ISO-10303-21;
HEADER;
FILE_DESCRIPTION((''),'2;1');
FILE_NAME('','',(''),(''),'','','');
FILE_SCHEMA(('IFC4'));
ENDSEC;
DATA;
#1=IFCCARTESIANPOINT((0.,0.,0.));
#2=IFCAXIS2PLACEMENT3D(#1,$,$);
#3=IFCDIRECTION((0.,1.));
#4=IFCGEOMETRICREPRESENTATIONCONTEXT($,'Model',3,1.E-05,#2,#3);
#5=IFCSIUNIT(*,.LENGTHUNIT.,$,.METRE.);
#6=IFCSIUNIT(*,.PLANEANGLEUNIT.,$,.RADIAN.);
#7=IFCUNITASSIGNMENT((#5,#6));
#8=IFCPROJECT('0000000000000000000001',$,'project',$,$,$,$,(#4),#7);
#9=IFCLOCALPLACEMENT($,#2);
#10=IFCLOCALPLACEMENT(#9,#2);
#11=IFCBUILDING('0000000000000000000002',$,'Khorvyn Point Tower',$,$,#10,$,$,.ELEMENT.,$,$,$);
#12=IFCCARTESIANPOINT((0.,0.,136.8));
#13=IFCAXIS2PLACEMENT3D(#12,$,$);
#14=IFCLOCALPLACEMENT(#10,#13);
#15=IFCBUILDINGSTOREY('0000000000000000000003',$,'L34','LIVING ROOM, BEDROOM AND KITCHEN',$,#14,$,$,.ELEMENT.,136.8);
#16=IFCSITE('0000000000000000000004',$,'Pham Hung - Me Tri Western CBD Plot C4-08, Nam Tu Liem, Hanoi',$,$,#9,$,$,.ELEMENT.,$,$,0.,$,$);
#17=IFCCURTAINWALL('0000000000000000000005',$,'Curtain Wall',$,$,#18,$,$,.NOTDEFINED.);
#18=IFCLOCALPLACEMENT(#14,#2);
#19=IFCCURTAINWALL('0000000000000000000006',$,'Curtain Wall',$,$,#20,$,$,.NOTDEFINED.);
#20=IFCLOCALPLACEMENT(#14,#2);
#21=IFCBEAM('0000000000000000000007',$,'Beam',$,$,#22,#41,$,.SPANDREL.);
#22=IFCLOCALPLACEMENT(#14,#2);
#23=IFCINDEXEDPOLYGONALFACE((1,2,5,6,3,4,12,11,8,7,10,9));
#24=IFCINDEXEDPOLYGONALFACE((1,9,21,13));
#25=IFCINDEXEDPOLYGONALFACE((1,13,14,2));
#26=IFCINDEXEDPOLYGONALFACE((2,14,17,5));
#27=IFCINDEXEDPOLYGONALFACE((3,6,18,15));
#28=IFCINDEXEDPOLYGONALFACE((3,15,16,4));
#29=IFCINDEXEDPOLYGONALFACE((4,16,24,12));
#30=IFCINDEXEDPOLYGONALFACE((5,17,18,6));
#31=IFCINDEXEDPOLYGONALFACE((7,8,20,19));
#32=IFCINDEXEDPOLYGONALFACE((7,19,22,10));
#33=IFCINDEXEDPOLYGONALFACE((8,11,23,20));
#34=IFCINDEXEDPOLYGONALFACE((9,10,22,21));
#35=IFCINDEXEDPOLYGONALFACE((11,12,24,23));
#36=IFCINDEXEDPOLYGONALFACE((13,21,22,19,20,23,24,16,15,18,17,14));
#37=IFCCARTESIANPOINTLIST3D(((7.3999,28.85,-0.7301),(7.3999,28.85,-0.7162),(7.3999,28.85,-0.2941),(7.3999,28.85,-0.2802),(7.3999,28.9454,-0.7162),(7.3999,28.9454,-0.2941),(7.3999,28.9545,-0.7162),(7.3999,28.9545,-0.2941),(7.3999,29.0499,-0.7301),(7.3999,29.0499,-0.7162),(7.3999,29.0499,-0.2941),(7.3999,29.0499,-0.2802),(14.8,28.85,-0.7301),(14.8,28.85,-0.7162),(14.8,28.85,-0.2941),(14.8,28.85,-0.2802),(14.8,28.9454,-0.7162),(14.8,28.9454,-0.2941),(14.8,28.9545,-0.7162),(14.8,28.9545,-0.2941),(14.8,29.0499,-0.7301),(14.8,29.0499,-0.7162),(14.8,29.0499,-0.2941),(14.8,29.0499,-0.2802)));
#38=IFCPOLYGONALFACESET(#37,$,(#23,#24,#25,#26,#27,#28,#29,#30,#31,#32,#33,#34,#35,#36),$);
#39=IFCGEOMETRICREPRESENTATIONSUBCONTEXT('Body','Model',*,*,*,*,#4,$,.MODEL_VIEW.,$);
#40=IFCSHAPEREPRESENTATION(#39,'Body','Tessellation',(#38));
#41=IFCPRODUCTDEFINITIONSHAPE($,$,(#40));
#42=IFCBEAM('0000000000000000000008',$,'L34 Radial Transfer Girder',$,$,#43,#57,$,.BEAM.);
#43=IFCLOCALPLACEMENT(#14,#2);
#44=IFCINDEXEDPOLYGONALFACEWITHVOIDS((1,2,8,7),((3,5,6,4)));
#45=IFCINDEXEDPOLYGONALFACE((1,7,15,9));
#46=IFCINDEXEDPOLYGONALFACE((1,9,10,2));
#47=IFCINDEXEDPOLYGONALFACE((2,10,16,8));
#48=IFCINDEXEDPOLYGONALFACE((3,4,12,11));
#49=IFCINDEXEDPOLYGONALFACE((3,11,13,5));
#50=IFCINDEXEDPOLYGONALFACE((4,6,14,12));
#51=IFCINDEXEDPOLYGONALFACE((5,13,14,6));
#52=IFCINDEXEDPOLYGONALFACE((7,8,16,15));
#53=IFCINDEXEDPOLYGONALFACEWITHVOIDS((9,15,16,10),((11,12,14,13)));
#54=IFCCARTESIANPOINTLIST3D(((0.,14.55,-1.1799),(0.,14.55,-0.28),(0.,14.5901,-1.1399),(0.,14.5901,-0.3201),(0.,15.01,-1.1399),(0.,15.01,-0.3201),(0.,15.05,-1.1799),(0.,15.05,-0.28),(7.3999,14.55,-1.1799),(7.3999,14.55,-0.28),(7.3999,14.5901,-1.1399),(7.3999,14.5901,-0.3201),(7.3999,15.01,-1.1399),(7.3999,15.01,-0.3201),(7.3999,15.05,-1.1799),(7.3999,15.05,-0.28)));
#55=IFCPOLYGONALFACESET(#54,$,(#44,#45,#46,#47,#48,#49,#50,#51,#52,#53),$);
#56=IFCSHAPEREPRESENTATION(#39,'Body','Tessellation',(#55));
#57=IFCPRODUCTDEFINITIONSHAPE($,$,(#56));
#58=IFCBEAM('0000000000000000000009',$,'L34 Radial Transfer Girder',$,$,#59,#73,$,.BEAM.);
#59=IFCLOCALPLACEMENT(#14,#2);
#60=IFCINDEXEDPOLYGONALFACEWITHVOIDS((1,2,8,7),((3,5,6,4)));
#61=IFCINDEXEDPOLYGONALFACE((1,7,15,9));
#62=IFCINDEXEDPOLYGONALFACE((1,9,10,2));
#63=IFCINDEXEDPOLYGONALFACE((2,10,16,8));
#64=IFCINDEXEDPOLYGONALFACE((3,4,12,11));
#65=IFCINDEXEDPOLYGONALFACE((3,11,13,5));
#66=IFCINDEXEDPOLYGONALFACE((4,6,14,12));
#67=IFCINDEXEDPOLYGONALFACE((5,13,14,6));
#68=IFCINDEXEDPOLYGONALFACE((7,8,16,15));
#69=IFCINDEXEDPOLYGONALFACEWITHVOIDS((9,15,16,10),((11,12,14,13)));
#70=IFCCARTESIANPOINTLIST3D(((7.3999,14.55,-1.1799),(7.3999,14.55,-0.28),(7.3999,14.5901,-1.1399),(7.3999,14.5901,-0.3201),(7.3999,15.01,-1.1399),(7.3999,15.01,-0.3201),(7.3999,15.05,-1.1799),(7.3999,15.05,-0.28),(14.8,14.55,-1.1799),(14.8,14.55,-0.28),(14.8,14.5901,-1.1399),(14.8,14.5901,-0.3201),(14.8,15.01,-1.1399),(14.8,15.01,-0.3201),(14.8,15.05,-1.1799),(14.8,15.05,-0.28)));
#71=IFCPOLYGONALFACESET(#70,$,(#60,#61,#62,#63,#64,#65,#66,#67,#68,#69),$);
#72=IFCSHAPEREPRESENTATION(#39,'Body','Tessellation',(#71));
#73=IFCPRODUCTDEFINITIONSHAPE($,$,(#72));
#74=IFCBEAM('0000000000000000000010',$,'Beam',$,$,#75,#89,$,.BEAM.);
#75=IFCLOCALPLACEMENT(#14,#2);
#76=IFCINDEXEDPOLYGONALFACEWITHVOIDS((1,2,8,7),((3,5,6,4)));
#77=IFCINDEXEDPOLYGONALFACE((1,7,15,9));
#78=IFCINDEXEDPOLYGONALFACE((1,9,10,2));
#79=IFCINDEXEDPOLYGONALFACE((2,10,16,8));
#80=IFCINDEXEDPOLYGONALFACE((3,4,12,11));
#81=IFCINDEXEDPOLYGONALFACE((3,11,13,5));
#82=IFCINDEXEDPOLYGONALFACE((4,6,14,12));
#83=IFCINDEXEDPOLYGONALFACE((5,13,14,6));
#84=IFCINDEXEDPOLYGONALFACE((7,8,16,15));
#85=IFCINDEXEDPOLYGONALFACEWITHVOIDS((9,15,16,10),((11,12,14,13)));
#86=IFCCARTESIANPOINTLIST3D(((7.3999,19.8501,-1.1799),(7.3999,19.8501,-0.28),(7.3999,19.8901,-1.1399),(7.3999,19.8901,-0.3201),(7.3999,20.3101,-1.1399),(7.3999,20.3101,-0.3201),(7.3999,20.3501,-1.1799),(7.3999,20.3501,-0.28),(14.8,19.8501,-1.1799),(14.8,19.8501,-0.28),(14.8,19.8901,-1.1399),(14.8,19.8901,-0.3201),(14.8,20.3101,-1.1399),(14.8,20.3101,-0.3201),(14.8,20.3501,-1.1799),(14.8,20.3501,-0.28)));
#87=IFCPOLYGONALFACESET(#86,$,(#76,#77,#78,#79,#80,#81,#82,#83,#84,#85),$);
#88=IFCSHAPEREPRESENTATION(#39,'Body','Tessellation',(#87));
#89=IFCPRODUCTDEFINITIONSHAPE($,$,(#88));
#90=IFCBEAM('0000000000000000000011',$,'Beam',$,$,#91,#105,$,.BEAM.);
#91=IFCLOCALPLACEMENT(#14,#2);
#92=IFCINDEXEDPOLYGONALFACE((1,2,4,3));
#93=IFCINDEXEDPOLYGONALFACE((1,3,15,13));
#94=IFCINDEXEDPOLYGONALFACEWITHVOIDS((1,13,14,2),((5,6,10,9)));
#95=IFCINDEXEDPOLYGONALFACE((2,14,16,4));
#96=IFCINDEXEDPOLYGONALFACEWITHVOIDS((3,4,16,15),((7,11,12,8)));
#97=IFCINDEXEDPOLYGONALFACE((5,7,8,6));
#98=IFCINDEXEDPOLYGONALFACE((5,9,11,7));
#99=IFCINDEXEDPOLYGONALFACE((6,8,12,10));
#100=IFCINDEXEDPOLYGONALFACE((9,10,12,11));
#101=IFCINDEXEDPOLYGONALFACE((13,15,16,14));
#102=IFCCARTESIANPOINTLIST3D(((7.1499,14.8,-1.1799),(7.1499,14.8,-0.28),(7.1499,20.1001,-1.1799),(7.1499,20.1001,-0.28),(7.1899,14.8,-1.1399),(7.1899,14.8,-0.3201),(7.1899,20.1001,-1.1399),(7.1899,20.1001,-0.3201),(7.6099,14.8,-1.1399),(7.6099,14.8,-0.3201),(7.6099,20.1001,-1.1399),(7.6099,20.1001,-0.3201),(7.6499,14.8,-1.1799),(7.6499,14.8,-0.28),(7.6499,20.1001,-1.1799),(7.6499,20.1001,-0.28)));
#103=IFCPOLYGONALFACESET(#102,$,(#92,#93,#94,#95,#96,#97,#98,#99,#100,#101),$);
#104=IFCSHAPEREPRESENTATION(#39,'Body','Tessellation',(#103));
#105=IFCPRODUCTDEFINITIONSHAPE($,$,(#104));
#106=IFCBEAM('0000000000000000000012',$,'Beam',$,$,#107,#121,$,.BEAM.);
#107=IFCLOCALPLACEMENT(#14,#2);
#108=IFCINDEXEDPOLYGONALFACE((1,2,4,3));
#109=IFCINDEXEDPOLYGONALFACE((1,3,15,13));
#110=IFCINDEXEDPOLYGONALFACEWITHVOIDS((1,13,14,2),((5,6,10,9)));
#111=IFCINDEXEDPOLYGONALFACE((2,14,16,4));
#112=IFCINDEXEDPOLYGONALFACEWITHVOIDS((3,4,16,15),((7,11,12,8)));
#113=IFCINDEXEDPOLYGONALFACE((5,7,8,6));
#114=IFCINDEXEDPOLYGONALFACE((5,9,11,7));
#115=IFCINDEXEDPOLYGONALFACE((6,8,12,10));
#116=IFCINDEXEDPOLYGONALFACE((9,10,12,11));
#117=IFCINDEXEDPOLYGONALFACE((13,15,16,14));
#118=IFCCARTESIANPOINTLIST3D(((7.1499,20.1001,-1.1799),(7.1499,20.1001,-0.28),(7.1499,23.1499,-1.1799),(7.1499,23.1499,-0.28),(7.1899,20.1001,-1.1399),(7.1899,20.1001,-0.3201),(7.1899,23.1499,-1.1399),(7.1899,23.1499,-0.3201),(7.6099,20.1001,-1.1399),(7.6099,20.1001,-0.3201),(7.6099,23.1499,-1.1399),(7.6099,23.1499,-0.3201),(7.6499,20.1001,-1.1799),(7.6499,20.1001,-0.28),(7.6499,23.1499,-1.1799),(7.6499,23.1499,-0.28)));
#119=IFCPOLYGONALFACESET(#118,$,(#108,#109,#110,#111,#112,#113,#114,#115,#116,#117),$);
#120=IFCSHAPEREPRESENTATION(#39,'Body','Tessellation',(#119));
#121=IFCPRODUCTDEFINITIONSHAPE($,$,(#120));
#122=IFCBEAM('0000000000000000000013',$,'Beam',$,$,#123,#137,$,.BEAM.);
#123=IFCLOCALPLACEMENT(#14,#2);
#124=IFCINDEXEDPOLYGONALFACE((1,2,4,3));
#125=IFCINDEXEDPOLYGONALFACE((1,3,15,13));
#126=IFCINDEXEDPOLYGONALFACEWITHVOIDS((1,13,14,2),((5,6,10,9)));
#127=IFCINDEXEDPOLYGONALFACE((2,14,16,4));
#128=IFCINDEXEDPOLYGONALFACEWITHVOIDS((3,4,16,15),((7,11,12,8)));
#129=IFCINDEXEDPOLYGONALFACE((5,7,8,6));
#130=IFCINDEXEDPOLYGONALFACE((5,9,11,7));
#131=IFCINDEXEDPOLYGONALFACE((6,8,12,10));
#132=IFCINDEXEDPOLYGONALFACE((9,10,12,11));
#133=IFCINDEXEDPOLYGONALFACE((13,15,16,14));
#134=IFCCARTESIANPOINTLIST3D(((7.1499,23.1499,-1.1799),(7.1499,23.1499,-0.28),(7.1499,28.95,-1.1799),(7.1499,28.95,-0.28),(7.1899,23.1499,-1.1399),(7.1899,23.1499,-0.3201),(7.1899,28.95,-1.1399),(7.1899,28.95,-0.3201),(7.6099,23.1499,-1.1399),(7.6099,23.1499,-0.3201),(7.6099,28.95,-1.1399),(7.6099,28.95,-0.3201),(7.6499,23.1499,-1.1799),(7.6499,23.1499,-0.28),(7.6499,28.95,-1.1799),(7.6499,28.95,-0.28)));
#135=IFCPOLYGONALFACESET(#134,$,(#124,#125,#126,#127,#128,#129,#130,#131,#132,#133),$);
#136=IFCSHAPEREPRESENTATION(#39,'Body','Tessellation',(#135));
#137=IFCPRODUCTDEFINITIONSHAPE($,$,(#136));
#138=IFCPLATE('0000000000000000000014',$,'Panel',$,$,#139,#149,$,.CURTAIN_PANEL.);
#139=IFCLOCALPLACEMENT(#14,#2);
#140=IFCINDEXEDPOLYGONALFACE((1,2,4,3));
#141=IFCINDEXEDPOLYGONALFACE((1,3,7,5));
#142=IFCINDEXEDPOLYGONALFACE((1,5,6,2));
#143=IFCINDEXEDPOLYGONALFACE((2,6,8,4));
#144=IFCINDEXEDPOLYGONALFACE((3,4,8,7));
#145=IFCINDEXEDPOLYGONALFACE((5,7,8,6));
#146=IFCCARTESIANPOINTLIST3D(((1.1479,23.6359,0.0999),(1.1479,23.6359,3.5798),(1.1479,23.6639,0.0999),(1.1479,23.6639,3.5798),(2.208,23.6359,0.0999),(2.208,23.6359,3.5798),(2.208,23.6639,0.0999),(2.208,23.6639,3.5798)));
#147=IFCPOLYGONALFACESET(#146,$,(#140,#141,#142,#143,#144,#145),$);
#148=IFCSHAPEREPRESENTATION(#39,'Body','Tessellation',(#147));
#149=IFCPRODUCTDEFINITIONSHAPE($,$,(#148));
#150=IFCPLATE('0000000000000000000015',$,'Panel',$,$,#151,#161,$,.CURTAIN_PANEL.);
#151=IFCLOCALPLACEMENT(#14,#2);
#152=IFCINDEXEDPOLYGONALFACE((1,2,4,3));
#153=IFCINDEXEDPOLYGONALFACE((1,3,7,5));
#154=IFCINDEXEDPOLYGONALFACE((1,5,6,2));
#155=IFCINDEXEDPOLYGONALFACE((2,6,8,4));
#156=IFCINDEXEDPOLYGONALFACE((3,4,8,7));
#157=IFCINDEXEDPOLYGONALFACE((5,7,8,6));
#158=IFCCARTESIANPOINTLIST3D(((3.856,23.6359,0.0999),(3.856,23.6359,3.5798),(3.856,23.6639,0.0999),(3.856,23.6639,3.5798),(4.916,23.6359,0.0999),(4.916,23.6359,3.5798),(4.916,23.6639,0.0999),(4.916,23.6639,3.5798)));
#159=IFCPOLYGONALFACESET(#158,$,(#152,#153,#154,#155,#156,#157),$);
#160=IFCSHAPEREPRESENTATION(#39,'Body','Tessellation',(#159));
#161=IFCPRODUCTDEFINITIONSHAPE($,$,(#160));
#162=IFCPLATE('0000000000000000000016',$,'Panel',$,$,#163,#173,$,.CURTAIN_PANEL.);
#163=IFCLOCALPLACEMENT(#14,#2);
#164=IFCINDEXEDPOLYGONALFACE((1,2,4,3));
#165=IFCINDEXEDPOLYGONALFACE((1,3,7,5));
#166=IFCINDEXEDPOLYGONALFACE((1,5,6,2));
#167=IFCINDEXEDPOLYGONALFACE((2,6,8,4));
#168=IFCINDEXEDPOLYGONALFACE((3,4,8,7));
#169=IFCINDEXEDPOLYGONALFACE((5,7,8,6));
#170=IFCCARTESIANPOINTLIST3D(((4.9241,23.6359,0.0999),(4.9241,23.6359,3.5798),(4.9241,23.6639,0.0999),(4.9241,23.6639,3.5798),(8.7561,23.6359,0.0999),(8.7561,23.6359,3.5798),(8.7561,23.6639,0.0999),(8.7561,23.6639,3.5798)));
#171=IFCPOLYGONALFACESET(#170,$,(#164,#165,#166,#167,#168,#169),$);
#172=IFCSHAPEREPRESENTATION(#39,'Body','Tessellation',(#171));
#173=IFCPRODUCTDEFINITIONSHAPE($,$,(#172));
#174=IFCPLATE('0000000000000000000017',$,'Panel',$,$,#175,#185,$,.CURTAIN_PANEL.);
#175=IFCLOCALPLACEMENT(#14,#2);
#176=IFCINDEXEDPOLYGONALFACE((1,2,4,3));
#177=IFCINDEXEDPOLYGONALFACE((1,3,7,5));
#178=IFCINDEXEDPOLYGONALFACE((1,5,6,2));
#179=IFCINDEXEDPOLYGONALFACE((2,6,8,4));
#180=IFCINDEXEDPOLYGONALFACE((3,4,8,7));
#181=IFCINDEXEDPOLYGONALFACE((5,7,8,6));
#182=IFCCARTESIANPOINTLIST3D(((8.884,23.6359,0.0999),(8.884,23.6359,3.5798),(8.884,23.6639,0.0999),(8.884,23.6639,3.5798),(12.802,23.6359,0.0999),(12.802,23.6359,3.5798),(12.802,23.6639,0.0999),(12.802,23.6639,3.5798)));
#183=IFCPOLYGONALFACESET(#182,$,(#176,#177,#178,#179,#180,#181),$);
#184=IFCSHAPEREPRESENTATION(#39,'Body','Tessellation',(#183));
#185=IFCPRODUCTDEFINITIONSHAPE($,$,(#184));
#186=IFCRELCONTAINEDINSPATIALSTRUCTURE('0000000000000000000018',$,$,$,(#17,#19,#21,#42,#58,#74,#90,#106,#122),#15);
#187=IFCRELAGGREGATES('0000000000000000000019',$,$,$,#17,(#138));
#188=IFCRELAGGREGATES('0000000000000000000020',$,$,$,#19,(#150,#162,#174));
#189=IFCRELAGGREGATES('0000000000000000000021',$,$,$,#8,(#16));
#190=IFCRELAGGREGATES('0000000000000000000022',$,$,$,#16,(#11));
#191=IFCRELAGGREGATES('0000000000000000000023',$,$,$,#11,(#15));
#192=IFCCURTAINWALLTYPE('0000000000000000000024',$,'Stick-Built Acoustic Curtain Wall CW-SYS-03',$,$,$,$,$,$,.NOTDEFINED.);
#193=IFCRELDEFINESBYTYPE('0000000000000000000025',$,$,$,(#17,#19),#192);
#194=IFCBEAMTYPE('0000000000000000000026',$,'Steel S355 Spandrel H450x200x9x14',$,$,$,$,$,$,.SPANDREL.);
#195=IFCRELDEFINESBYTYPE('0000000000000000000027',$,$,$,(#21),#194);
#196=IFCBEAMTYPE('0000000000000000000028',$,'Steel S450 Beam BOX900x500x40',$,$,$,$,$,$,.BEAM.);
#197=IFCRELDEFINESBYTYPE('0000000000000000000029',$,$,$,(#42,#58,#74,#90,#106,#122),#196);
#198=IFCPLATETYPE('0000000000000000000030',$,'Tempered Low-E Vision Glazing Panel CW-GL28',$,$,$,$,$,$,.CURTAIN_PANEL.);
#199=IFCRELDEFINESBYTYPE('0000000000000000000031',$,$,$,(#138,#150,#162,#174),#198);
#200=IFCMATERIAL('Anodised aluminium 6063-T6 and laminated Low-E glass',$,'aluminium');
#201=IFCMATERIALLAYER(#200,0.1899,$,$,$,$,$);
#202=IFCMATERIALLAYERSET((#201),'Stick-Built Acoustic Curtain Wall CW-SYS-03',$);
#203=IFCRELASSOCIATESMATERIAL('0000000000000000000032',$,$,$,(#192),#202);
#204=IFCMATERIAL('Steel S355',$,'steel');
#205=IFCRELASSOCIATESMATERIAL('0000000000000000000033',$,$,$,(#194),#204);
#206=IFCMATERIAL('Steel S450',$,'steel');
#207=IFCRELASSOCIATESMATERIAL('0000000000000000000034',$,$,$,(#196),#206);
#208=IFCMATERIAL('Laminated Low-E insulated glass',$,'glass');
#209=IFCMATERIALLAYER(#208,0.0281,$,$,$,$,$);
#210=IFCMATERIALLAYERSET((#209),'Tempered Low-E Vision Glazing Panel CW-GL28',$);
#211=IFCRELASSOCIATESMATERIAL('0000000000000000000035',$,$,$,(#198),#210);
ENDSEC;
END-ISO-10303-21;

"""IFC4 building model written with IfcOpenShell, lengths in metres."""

from ifc_helpers import new_model, si_unit, direction, frame, origin, origin_2d, place, context, subcontext, project, spatial, rectangle, hollow_rectangle, i_section, extrude, material, layer, layer_set, material_profile, profile_set, type_object, element, aggregate, save


model = new_model("IFC4")

# Units and contexts
model_context = context("Model", 3, precision=1e-05, world=origin(), true_north=direction((0.0, 1.0)))
body_context = subcontext(model_context, "Body", "Model", "MODEL_VIEW")
ifc_project = project(units=[si_unit("LENGTHUNIT", "METRE"), si_unit("PLANEANGLEUNIT", "RADIAN")], contexts=[model_context])

# Site, building, storey
site_placement = place(None, origin())
site = spatial("IfcSite", under=ifc_project, at=site_placement, Name="Pham Hung - Me Tri Western CBD Plot C4-08, Nam Tu Liem, Hanoi", CompositionType="ELEMENT", RefElevation=0.0)
building_placement = place(site_placement, origin())
building = spatial("IfcBuilding", under=site, at=building_placement, Name="Khorvyn Point Tower", CompositionType="ELEMENT")
storey_placement = place(building_placement, frame((0.0, 0.0, 136.8)))
storey = spatial("IfcBuildingStorey", under=building, at=storey_placement, Name="L34", Description="LIVING ROOM, BEDROOM AND KITCHEN", CompositionType="ELEMENT", Elevation=136.8)

# Shared definitions
ifc_material_1 = material(Name="Steel S450", Category="steel")

# Curtain wall
ifc_material_2 = material(Name="Anodised aluminium 6063-T6 and laminated Low-E glass", Category="aluminium")
ifc_layer_1 = layer(ifc_material_2, 0.1899)
ifc_layer_set_1 = layer_set([ifc_layer_1], Name="Stick-Built Acoustic Curtain Wall CW-SYS-03")
curtain_wall_type = type_object("IfcCurtainWallType", Name="Stick-Built Acoustic Curtain Wall CW-SYS-03", PredefinedType="NOTDEFINED", material=ifc_layer_set_1)
curtain_wall_1_placement = place(storey_placement, origin())
curtain_wall_1 = element("IfcCurtainWall", 1, at=curtain_wall_1_placement, inside=storey, type_object=curtain_wall_type, Name="Curtain Wall", PredefinedType="NOTDEFINED")

# Curtain wall
curtain_wall_2_placement = place(storey_placement, origin())
curtain_wall_2 = element("IfcCurtainWall", 2, at=curtain_wall_2_placement, inside=storey, type_object=curtain_wall_type, Name="Curtain Wall", PredefinedType="NOTDEFINED")

# Beams
ifc_material_3 = material(Name="Steel S355", Category="steel")
ifc_material_profile_1 = material_profile(ifc_material_3, i_section(OverallWidth=0.2, OverallDepth=0.45, WebThickness=0.009, FlangeThickness=0.0139, at=origin_2d()))
ifc_profile_set_1 = profile_set([ifc_material_profile_1], Name="Steel S355 H450x200x9x14")
beam_type_1 = type_object("IfcBeamType", Name="Steel S355 Spandrel H450x200x9x14", PredefinedType="SPANDREL", material=ifc_profile_set_1)
for number, where, z_axis, x_axis, name in (
    (3, (7.3999, 28.95, -0.5051), (1.0, 0.0, 0.0), (0.0, 1.0, 0.0), "Beam"),
):
    element("IfcBeam", number, at=place(storey_placement, frame(where, z_axis=z_axis, x_axis=x_axis)), inside=storey, type_object=beam_type_1, Name=name, PredefinedType="SPANDREL", context=body_context, shape_type="SweptSolid", body=[
        extrude(i_section(OverallWidth=0.2, OverallDepth=0.45, WebThickness=0.009, FlangeThickness=0.0139, at=origin_2d()), origin(), (0.0, 0.0, 1.0), 7.4001),
    ])
ifc_material_profile_2 = material_profile(ifc_material_1, hollow_rectangle(XDim=0.5, YDim=0.8999, WallThickness=0.04, at=origin_2d()))
ifc_profile_set_2 = profile_set([ifc_material_profile_2], Name="Steel S450 BOX900x500x40")
beam_type_2 = type_object("IfcBeamType", Name="Steel S450 Beam BOX900x500x40", PredefinedType="BEAM", material=ifc_profile_set_2)
beam_1_placement = place(storey_placement, frame((0.0, 14.8, -0.73), z_axis=(1.0, 0.0, 0.0), x_axis=(0.0, 1.0, 0.0)))
element("IfcBeam", 4, at=beam_1_placement, inside=storey, type_object=beam_type_2, Name="L34 Radial Transfer Girder", PredefinedType="BEAM", context=body_context, shape_type="SweptSolid", body=[
    extrude(hollow_rectangle(XDim=0.5, YDim=0.8999, WallThickness=0.04, at=origin_2d()), origin(), (0.0, 0.0, 1.0), 7.3999),
])
for number, where, z_axis, x_axis, name in (
    (5, (7.3999, 14.8, -0.73), (1.0, 0.0, 0.0), (0.0, 1.0, 0.0), "L34 Radial Transfer Girder"),
    (6, (7.3999, 20.1001, -0.73), (1.0, 0.0, 0.0), (0.0, 1.0, 0.0), "Beam"),
):
    element("IfcBeam", number, at=place(storey_placement, frame(where, z_axis=z_axis, x_axis=x_axis)), inside=storey, type_object=beam_type_2, Name=name, PredefinedType="BEAM", context=body_context, shape_type="SweptSolid", body=[
        extrude(hollow_rectangle(XDim=0.5, YDim=0.8999, WallThickness=0.04, at=origin_2d()), origin(), (0.0, 0.0, 1.0), 7.4001),
    ])
beam_2_placement = place(storey_placement, frame((7.3999, 14.8, -0.73), z_axis=(0.0, 1.0, 0.0), x_axis=(-1.0, 0.0, 0.0)))
element("IfcBeam", 7, at=beam_2_placement, inside=storey, type_object=beam_type_2, Name="Beam", PredefinedType="BEAM", context=body_context, shape_type="SweptSolid", body=[
    extrude(hollow_rectangle(XDim=0.5, YDim=0.8999, WallThickness=0.04, at=origin_2d()), origin(), (0.0, 0.0, 1.0), 5.3),
])
beam_3_placement = place(storey_placement, frame((7.3999, 20.1001, -0.73), z_axis=(0.0, 1.0, 0.0), x_axis=(-1.0, 0.0, 0.0)))
element("IfcBeam", 8, at=beam_3_placement, inside=storey, type_object=beam_type_2, Name="Beam", PredefinedType="BEAM", context=body_context, shape_type="SweptSolid", body=[
    extrude(hollow_rectangle(XDim=0.5, YDim=0.8999, WallThickness=0.04, at=origin_2d()), origin(), (0.0, 0.0, 1.0), 3.0498),
])
beam_4_placement = place(storey_placement, frame((7.3999, 23.1499, -0.73), z_axis=(0.0, 1.0, 0.0), x_axis=(-1.0, 0.0, 0.0)))
element("IfcBeam", 9, at=beam_4_placement, inside=storey, type_object=beam_type_2, Name="Beam", PredefinedType="BEAM", context=body_context, shape_type="SweptSolid", body=[
    extrude(hollow_rectangle(XDim=0.5, YDim=0.8999, WallThickness=0.04, at=origin_2d()), origin(), (0.0, 0.0, 1.0), 5.8),
])

# Plates
ifc_material_4 = material(Name="Laminated Low-E insulated glass", Category="glass")
ifc_layer_2 = layer(ifc_material_4, 0.0281)
ifc_layer_set_2 = layer_set([ifc_layer_2], Name="Tempered Low-E Vision Glazing Panel CW-GL28")
plate_type = type_object("IfcPlateType", Name="Tempered Low-E Vision Glazing Panel CW-GL28", PredefinedType="CURTAIN_PANEL", material=ifc_layer_set_2)
plate_1_placement = place(storey_placement, frame((1.678, 23.6499, 0.0999), z_axis=(0.0, 0.0, 1.0), x_axis=(1.0, 0.0, 0.0)))
plate_1 = element("IfcPlate", 10, at=plate_1_placement, type_object=plate_type, Name="Panel", PredefinedType="CURTAIN_PANEL", context=body_context, shape_type="SweptSolid", body=[
    extrude(rectangle(XDim=1.0601, YDim=0.0281, at=origin_2d()), origin(), (0.0, 0.0, 1.0), 3.48),
])
aggregate(curtain_wall_1, [plate_1])
plate_2_placement = place(storey_placement, frame((4.386, 23.6499, 0.0999), z_axis=(0.0, 0.0, 1.0), x_axis=(1.0, 0.0, 0.0)))
plate_2 = element("IfcPlate", 11, at=plate_2_placement, type_object=plate_type, Name="Panel", PredefinedType="CURTAIN_PANEL", context=body_context, shape_type="SweptSolid", body=[
    extrude(rectangle(XDim=1.0601, YDim=0.0281, at=origin_2d()), origin(), (0.0, 0.0, 1.0), 3.48),
])
plate_3_placement = place(storey_placement, frame((6.8401, 23.6499, 0.0999), z_axis=(0.0, 0.0, 1.0), x_axis=(1.0, 0.0, 0.0)))
plate_3 = element("IfcPlate", 12, at=plate_3_placement, type_object=plate_type, Name="Panel", PredefinedType="CURTAIN_PANEL", context=body_context, shape_type="SweptSolid", body=[
    extrude(rectangle(XDim=3.832, YDim=0.0281, at=origin_2d()), origin(), (0.0, 0.0, 1.0), 3.48),
])
plate_4_placement = place(storey_placement, frame((10.843, 23.6499, 0.0999), z_axis=(0.0, 0.0, 1.0), x_axis=(1.0, 0.0, 0.0)))
plate_4 = element("IfcPlate", 13, at=plate_4_placement, type_object=plate_type, Name="Panel", PredefinedType="CURTAIN_PANEL", context=body_context, shape_type="SweptSolid", body=[
    extrude(rectangle(XDim=3.918, YDim=0.0281, at=origin_2d()), origin(), (0.0, 0.0, 1.0), 3.48),
])
aggregate(curtain_wall_2, [plate_2, plate_3, plate_4])

save(model, "model.ifc")
